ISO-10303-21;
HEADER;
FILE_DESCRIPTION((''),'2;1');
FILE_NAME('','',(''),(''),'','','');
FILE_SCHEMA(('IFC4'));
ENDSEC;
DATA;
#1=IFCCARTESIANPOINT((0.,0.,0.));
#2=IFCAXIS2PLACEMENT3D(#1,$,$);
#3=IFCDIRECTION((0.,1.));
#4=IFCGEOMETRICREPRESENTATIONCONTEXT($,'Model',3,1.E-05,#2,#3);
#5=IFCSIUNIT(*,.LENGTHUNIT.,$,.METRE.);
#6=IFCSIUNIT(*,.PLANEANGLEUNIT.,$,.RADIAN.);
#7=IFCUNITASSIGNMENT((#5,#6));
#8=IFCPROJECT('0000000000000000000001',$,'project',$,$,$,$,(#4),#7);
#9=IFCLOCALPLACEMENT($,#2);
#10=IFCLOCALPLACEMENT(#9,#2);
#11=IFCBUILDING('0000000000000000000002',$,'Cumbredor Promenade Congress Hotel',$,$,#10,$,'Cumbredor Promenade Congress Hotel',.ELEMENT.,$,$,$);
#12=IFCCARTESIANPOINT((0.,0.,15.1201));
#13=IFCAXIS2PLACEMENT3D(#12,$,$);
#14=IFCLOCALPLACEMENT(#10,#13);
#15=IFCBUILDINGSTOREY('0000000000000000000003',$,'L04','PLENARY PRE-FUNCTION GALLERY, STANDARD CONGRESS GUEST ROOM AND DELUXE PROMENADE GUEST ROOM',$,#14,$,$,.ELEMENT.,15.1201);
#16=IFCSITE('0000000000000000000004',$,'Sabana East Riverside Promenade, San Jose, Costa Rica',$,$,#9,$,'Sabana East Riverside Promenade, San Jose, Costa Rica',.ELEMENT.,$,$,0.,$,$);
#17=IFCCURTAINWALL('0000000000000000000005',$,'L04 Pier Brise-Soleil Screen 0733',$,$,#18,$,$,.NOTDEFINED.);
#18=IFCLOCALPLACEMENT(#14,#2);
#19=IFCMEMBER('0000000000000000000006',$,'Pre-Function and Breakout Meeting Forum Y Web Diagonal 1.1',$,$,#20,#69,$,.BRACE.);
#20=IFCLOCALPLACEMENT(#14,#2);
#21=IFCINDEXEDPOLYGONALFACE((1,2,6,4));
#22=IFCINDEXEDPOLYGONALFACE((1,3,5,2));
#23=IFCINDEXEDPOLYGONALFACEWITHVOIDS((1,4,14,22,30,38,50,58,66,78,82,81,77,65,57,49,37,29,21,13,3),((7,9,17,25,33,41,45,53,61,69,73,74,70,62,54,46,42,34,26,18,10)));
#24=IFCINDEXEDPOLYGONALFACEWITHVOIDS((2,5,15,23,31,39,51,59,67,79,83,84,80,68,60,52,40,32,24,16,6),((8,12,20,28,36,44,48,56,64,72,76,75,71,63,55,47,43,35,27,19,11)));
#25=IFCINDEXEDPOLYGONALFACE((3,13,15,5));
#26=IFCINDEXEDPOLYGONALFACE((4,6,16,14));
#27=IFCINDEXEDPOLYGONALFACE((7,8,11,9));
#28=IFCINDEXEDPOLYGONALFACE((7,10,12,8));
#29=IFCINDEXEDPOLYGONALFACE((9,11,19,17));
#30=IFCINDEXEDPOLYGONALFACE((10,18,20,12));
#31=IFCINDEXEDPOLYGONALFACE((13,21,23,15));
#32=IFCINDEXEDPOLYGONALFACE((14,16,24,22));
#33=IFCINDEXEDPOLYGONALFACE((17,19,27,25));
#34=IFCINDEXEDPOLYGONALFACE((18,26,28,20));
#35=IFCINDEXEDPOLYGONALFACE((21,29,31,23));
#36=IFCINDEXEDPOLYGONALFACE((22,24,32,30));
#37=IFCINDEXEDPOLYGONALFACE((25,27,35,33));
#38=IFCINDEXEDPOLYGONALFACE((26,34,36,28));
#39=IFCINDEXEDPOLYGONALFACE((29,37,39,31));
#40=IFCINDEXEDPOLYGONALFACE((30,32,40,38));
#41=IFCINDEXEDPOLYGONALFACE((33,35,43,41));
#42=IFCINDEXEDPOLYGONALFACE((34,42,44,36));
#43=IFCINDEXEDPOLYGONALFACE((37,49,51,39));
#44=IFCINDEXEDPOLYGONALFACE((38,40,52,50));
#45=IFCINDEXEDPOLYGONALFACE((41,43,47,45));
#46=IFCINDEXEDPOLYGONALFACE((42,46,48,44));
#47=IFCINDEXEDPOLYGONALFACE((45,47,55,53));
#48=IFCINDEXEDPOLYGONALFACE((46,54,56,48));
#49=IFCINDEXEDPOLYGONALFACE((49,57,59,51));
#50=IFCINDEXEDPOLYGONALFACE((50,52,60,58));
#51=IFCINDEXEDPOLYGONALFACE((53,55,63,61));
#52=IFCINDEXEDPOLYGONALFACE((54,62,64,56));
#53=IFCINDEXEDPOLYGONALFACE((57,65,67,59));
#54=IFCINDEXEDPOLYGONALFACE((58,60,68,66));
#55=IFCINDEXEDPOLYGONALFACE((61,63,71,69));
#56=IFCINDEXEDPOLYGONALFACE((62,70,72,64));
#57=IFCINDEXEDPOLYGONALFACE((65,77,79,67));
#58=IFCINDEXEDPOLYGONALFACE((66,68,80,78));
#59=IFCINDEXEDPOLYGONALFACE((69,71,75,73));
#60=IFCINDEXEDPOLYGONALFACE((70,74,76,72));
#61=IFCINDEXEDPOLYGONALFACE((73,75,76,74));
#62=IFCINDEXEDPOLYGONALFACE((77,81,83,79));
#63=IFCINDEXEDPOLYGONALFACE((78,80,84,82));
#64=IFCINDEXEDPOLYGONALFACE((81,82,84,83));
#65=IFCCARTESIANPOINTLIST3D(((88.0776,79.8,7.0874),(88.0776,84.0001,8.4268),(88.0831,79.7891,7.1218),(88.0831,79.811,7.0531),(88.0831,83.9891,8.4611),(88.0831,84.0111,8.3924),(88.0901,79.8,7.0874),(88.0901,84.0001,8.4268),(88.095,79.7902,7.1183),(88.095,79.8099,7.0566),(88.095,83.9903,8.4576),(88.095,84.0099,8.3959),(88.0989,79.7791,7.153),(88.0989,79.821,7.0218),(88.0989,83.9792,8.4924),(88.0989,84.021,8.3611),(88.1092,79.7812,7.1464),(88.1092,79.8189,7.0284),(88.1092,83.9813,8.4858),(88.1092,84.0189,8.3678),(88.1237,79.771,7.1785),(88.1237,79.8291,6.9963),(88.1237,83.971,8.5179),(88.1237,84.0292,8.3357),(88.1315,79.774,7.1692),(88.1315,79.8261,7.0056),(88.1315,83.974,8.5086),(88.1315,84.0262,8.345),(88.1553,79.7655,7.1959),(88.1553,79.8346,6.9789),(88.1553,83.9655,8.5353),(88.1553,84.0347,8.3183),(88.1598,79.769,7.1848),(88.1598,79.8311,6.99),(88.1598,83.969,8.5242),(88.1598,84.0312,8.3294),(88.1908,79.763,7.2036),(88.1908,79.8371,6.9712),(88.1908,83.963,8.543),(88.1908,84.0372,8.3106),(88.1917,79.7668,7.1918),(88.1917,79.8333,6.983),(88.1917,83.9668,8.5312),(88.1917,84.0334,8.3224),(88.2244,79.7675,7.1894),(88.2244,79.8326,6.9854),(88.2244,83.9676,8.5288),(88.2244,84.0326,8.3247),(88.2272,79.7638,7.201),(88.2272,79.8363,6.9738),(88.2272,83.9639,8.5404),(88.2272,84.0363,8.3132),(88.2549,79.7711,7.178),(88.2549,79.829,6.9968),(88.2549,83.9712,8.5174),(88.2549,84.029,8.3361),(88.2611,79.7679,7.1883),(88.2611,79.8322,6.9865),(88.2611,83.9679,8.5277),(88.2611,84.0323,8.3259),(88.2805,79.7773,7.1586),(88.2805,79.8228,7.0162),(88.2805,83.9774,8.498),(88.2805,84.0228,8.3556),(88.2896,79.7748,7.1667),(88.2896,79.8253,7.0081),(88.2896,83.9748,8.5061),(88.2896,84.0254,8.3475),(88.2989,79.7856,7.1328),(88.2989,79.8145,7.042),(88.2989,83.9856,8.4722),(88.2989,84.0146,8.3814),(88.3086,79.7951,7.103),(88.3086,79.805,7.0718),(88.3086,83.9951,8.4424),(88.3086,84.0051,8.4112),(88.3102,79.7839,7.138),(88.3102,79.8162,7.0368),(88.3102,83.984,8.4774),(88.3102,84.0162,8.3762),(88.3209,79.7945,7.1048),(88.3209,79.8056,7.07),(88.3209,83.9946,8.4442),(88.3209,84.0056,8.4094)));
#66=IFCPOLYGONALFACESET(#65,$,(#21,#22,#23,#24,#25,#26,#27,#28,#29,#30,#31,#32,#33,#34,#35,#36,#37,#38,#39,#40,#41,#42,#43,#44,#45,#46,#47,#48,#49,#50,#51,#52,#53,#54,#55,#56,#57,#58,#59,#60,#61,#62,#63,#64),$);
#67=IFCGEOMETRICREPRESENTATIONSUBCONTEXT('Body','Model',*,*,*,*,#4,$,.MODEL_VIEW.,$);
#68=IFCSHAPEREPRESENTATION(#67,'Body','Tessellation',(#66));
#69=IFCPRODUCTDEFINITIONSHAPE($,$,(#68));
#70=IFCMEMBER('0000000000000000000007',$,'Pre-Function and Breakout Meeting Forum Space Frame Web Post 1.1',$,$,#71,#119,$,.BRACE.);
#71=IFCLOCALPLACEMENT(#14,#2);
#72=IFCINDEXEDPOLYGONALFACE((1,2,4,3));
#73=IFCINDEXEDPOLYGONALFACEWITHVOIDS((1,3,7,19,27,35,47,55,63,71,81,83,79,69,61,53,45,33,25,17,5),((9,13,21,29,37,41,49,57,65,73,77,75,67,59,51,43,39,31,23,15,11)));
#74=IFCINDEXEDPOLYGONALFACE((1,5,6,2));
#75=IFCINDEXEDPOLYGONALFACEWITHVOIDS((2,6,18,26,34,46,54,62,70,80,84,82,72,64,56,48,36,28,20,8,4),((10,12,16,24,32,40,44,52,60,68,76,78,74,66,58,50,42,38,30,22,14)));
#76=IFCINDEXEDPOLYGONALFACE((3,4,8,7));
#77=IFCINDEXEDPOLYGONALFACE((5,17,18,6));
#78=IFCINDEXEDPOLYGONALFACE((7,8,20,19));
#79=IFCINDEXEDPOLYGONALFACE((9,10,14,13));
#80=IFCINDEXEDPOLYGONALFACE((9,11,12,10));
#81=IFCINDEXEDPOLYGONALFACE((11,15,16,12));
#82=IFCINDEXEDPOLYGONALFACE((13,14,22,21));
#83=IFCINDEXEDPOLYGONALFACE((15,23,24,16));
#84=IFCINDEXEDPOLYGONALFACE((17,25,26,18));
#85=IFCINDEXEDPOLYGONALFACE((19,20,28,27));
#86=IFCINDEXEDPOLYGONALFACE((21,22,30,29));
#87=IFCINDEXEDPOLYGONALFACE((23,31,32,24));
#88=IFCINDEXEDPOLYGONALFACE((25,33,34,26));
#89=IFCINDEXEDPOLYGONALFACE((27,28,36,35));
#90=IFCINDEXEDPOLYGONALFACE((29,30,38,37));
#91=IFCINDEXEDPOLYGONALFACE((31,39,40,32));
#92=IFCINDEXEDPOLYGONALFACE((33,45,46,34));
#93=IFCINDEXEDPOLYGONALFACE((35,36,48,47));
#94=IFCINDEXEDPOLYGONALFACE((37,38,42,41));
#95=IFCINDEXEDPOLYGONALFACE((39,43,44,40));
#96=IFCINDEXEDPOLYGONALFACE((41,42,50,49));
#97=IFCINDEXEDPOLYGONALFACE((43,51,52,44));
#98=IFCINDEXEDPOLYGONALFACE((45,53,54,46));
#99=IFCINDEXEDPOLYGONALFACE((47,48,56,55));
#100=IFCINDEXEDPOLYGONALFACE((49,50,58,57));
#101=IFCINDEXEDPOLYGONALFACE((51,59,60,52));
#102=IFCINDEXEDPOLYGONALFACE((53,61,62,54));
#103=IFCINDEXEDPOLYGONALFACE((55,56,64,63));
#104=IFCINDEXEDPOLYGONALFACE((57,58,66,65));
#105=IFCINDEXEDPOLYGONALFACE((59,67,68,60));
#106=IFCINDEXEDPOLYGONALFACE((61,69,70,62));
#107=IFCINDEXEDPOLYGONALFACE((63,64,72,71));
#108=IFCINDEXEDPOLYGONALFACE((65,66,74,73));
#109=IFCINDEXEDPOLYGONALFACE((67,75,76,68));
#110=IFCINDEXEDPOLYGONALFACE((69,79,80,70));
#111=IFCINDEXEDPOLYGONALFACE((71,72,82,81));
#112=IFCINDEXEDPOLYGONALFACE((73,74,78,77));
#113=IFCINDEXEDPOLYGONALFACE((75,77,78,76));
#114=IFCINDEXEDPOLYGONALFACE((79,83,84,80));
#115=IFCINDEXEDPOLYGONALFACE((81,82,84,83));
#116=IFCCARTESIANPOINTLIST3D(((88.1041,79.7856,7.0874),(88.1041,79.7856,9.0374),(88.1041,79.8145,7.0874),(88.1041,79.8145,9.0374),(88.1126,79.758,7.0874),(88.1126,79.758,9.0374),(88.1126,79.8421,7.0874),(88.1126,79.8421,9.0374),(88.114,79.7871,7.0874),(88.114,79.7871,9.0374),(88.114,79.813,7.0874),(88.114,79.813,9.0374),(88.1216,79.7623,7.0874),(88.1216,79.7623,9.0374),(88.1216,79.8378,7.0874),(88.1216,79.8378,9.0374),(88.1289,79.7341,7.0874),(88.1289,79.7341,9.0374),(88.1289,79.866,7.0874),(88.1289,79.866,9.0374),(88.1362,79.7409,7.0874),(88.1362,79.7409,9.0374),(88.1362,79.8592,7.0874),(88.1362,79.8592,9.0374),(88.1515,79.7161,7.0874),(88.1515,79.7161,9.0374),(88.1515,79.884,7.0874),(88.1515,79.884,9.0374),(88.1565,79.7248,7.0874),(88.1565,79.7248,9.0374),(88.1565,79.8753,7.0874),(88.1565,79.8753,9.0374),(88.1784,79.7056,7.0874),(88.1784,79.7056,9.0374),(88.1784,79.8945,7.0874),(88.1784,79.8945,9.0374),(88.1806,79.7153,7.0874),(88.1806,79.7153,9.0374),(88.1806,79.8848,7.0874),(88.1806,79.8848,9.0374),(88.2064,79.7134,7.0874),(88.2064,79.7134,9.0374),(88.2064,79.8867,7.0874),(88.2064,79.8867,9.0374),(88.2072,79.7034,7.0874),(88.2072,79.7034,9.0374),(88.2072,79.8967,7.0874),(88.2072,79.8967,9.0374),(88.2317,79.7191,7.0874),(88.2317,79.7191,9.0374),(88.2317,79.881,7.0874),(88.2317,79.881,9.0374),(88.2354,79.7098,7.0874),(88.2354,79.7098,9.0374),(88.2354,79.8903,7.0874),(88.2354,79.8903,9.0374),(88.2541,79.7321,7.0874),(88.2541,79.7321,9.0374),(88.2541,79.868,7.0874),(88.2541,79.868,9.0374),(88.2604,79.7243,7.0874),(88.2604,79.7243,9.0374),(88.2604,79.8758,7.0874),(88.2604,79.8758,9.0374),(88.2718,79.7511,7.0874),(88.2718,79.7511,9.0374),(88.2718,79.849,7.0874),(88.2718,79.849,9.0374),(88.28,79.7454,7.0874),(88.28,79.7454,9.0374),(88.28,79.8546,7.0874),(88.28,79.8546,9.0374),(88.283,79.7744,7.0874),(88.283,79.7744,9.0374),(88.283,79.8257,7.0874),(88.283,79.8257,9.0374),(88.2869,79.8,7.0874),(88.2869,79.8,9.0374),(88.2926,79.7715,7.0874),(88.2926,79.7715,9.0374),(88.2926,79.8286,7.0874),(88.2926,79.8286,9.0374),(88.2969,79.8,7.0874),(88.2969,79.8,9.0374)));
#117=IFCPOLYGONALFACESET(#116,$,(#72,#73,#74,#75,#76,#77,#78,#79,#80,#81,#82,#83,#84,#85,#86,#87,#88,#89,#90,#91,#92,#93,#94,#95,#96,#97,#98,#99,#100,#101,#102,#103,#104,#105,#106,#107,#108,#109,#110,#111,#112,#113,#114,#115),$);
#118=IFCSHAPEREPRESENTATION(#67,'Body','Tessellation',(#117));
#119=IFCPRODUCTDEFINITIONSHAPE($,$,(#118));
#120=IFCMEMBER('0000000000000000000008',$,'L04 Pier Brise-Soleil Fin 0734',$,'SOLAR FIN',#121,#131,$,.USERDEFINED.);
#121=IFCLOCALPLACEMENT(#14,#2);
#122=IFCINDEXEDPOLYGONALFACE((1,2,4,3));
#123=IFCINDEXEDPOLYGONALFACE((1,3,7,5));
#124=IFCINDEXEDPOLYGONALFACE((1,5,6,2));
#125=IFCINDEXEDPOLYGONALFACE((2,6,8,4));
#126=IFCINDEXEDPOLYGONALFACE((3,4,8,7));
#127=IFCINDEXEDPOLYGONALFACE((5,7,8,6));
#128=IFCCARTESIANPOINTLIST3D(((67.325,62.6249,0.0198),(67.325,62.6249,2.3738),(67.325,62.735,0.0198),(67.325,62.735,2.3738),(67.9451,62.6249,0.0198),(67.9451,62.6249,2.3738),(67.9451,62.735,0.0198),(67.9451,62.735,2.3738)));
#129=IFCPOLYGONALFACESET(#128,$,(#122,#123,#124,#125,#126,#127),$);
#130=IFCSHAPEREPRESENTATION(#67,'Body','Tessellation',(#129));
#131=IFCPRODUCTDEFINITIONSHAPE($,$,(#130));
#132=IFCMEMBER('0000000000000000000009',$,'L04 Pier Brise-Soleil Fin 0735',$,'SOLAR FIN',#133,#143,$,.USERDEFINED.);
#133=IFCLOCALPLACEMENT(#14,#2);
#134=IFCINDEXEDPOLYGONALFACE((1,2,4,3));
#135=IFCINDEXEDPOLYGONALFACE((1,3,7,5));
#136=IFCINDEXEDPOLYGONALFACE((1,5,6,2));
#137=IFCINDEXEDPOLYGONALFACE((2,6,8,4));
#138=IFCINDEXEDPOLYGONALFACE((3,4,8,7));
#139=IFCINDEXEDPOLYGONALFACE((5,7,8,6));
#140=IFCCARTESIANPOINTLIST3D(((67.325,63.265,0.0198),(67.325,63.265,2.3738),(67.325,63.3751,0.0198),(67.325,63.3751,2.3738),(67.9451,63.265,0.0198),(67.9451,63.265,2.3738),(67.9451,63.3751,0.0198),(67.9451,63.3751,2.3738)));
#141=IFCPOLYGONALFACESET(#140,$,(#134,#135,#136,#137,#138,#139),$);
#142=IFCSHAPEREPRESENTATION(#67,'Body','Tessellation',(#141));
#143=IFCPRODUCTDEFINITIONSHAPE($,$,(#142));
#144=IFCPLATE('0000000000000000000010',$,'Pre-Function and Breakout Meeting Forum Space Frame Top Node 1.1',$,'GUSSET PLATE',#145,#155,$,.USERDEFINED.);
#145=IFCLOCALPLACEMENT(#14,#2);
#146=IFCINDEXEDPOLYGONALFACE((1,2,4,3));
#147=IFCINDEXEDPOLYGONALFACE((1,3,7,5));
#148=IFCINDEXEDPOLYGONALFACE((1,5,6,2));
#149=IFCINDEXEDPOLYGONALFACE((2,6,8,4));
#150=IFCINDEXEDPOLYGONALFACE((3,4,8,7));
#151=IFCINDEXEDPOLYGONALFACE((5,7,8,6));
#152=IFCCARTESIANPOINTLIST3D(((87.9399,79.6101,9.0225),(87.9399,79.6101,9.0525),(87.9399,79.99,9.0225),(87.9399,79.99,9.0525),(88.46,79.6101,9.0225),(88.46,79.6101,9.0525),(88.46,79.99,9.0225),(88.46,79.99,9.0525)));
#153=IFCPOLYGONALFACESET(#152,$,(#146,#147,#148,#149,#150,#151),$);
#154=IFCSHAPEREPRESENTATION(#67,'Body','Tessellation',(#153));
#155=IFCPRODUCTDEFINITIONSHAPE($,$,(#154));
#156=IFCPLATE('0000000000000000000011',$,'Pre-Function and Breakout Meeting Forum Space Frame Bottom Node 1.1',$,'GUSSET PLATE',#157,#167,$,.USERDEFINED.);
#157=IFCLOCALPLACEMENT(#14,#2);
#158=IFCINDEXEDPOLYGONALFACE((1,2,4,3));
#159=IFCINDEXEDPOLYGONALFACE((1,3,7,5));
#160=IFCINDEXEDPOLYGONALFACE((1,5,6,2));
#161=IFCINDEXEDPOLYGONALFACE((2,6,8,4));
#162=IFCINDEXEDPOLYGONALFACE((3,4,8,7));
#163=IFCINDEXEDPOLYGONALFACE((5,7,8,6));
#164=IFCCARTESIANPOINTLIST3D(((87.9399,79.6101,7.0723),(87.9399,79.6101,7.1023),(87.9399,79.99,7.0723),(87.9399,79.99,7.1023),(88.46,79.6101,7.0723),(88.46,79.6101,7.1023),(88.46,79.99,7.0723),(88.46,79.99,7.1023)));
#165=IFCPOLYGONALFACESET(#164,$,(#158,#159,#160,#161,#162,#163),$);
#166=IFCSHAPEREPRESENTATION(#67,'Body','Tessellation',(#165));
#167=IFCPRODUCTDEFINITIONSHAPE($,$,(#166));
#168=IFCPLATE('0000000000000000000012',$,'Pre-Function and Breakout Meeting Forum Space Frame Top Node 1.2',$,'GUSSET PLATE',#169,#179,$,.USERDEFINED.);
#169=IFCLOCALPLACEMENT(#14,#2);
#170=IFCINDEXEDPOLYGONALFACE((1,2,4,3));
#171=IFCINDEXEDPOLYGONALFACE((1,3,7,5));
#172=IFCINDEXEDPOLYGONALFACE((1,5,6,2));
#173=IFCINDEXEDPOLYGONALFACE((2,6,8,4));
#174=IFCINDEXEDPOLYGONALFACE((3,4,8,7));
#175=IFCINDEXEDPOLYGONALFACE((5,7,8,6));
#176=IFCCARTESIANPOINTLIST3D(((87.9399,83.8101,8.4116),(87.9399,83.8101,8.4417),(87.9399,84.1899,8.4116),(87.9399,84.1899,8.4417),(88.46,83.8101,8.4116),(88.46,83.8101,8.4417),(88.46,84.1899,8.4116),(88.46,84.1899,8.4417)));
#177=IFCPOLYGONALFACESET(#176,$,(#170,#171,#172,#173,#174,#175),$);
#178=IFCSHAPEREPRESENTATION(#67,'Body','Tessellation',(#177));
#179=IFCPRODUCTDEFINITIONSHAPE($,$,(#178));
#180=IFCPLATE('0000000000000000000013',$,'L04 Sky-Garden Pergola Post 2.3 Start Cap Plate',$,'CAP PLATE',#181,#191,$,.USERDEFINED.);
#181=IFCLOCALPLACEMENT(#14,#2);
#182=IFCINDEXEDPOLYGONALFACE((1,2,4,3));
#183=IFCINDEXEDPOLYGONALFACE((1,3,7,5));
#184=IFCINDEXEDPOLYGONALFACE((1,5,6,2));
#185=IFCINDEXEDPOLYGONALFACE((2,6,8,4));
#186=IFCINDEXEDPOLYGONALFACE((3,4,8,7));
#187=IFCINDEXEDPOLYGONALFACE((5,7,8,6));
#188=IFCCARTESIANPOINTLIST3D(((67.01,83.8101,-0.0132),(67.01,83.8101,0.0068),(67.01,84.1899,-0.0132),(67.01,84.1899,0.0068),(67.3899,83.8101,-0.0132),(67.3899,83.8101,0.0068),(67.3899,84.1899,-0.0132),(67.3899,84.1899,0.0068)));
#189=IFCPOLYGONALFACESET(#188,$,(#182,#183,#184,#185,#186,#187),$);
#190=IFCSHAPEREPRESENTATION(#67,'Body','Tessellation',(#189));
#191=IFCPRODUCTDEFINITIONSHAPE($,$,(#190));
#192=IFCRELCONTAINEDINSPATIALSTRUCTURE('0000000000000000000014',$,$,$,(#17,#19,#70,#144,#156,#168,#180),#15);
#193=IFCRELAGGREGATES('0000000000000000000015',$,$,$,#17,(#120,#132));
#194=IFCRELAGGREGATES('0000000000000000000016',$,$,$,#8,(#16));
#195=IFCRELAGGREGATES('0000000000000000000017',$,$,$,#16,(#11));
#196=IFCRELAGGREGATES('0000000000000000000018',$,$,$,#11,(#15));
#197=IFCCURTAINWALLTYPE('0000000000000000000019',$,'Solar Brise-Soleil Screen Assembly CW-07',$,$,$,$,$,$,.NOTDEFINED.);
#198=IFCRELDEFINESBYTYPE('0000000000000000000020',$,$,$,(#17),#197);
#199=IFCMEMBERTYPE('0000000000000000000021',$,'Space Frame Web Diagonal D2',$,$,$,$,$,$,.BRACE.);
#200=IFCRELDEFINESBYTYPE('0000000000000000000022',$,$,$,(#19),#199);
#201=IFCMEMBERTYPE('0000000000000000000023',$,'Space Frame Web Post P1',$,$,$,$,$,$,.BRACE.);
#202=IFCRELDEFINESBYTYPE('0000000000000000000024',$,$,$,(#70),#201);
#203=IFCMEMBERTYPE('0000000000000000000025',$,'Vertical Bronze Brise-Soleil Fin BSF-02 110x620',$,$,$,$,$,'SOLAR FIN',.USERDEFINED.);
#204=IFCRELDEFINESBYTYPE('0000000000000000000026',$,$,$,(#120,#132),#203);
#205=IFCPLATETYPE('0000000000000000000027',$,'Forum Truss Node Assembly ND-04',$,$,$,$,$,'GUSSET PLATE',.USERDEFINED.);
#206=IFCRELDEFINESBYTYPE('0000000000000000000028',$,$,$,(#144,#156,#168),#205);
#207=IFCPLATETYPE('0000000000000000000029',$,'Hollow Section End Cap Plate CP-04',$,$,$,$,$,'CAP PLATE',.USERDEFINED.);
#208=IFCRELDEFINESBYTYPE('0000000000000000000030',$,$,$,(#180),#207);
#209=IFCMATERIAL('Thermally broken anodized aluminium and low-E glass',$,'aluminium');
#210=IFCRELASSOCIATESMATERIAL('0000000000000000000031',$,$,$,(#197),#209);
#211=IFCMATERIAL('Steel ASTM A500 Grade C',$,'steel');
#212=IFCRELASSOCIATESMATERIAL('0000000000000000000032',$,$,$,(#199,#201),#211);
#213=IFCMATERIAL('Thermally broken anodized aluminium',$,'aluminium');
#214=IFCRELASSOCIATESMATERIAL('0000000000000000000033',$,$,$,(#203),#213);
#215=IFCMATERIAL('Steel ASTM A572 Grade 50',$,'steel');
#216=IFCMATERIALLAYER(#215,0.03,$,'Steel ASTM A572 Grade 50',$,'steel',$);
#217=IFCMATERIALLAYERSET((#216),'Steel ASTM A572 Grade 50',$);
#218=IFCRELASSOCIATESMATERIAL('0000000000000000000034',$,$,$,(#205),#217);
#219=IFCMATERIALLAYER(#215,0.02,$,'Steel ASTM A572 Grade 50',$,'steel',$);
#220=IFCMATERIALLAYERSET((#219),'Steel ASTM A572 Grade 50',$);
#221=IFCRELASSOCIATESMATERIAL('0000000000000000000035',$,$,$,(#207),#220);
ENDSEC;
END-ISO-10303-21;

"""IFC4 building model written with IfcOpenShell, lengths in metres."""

from ifc_helpers import new_model, si_unit, direction, frame, origin, origin_2d, place, context, subcontext, project, spatial, rectangle, hollow_circle, extrude, material, layer, layer_set, material_profile, profile_set, type_object, element, aggregate, save


model = new_model("IFC4")

# Units and contexts
model_context = context("Model", 3, precision=1e-05, world=origin(), true_north=direction((0.0, 1.0)))
body_context = subcontext(model_context, "Body", "Model", "MODEL_VIEW")
ifc_project = project(units=[si_unit("LENGTHUNIT", "METRE"), si_unit("PLANEANGLEUNIT", "RADIAN")], contexts=[model_context])

# Site, building, storey
site_placement = place(None, origin())
site = spatial("IfcSite", under=ifc_project, at=site_placement, Name="Sabana East Riverside Promenade, San Jose, Costa Rica", LongName="Sabana East Riverside Promenade, San Jose, Costa Rica", CompositionType="ELEMENT", RefElevation=0.0)
building_placement = place(site_placement, origin())
building = spatial("IfcBuilding", under=site, at=building_placement, Name="Cumbredor Promenade Congress Hotel", LongName="Cumbredor Promenade Congress Hotel", CompositionType="ELEMENT")
storey_placement = place(building_placement, frame((0.0, 0.0, 15.1201)))
storey = spatial("IfcBuildingStorey", under=building, at=storey_placement, Name="L04", Description="PLENARY PRE-FUNCTION GALLERY, STANDARD CONGRESS GUEST ROOM AND DELUXE PROMENADE GUEST ROOM", CompositionType="ELEMENT", Elevation=15.1201)

# Shared definitions
ifc_material_1 = material(Name="Steel ASTM A500 Grade C", Category="steel")

# Curtain wall
ifc_material_2 = material(Name="Thermally broken anodized aluminium and low-E glass", Category="aluminium")
curtain_wall_type = type_object("IfcCurtainWallType", Name="Solar Brise-Soleil Screen Assembly CW-07", PredefinedType="NOTDEFINED", material=ifc_material_2)
curtain_wall_placement = place(storey_placement, origin())
curtain_wall = element("IfcCurtainWall", 1, at=curtain_wall_placement, inside=storey, type_object=curtain_wall_type, Name="L04 Pier Brise-Soleil Screen 0733", PredefinedType="NOTDEFINED")
ifc_material_3 = material(Name="Thermally broken anodized aluminium", Category="aluminium")

# Members
ifc_material_profile_1 = material_profile(ifc_material_1, hollow_circle(Radius=0.1223, WallThickness=0.0125, at=origin_2d()), Name="CHS 244.5x12.5")
ifc_profile_set_1 = profile_set([ifc_material_profile_1], Name="Steel ASTM A500 Grade C")
member_type_1 = type_object("IfcMemberType", Name="Space Frame Web Diagonal D2", PredefinedType="BRACE", material=ifc_profile_set_1)
member_1_placement = place(storey_placement, frame((88.2, 79.8, 7.0874), z_axis=(0.0, 0.952728, 0.303823), x_axis=(-1.0, 0.0, 0.0)))
element("IfcMember", 2, at=member_1_placement, inside=storey, type_object=member_type_1, Name="Pre-Function and Breakout Meeting Forum Y Web Diagonal 1.1", PredefinedType="BRACE", context=body_context, shape_type="SweptSolid", body=[
    extrude(hollow_circle(Radius=0.1223, WallThickness=0.0125, at=origin_2d()), origin(), (0.0, 0.0, 1.0), 4.4084),
])
ifc_material_profile_2 = material_profile(ifc_material_1, hollow_circle(Radius=0.0969, WallThickness=0.01, at=origin_2d()), Name="CHS 193.7x10")
ifc_profile_set_2 = profile_set([ifc_material_profile_2], Name="Steel ASTM A500 Grade C")
member_type_2 = type_object("IfcMemberType", Name="Space Frame Web Post P1", PredefinedType="BRACE", material=ifc_profile_set_2)
member_2_placement = place(storey_placement, frame((88.2, 79.8, 7.0874), z_axis=(0.0, 0.0, 1.0), x_axis=(1.0, 0.0, 0.0)))
element("IfcMember", 3, at=member_2_placement, inside=storey, type_object=member_type_2, Name="Pre-Function and Breakout Meeting Forum Space Frame Web Post 1.1", PredefinedType="BRACE", context=body_context, shape_type="SweptSolid", body=[
    extrude(hollow_circle(Radius=0.0969, WallThickness=0.01, at=origin_2d()), origin(), (0.0, 0.0, 1.0), 1.95),
])

# Members
ifc_material_profile_3 = material_profile(ifc_material_3, rectangle(XDim=0.1101, YDim=0.6201, at=origin_2d()), Name="ARCH FIN 110x620")
ifc_profile_set_3 = profile_set([ifc_material_profile_3], Name="Thermally broken anodized aluminium")
member_type_3 = type_object("IfcMemberType", Name="Vertical Bronze Brise-Soleil Fin BSF-02 110x620", ElementType="SOLAR FIN", PredefinedType="USERDEFINED", material=ifc_profile_set_3)
member_3_placement = place(storey_placement, frame((67.635, 62.6799, 0.0198), z_axis=(0.0, 0.0, 1.0), x_axis=(0.0, 1.0, 0.0)))
member_3 = element("IfcMember", 4, at=member_3_placement, type_object=member_type_3, Name="L04 Pier Brise-Soleil Fin 0734", ObjectType="SOLAR FIN", PredefinedType="USERDEFINED", context=body_context, shape_type="SweptSolid", body=[
    extrude(rectangle(XDim=0.1101, YDim=0.6201, at=origin_2d()), origin(), (0.0, 0.0, 1.0), 2.354),
])
member_4_placement = place(storey_placement, frame((67.635, 63.3201, 0.0198), z_axis=(0.0, 0.0, 1.0), x_axis=(0.0, 1.0, 0.0)))
member_4 = element("IfcMember", 5, at=member_4_placement, type_object=member_type_3, Name="L04 Pier Brise-Soleil Fin 0735", ObjectType="SOLAR FIN", PredefinedType="USERDEFINED", context=body_context, shape_type="SweptSolid", body=[
    extrude(rectangle(XDim=0.1101, YDim=0.6201, at=origin_2d()), origin(), (0.0, 0.0, 1.0), 2.354),
])
aggregate(curtain_wall, [member_3, member_4])

# Plates
ifc_material_4 = material(Name="Steel ASTM A572 Grade 50", Category="steel")
ifc_layer_1 = layer(ifc_material_4, 0.03, Name="Steel ASTM A572 Grade 50", Category="steel")
ifc_layer_set_1 = layer_set([ifc_layer_1], Name="Steel ASTM A572 Grade 50")
plate_type_1 = type_object("IfcPlateType", Name="Forum Truss Node Assembly ND-04", ElementType="GUSSET PLATE", PredefinedType="USERDEFINED", material=ifc_layer_set_1)
for number, where, z_axis, x_axis, name in (
    (6, (88.2, 79.8, 9.0225), (0.0, 0.0, 1.0), (1.0, 0.0, 0.0), "Pre-Function and Breakout Meeting Forum Space Frame Top Node 1.1"),
    (7, (88.2, 79.8, 7.0723), (0.0, 0.0, 1.0), (1.0, 0.0, 0.0), "Pre-Function and Breakout Meeting Forum Space Frame Bottom Node 1.1"),
    (8, (88.2, 84.0, 8.4116), (0.0, 0.0, 1.0), (1.0, 0.0, 0.0), "Pre-Function and Breakout Meeting Forum Space Frame Top Node 1.2"),
):
    element("IfcPlate", number, at=place(storey_placement, frame(where, z_axis=z_axis, x_axis=x_axis)), inside=storey, type_object=plate_type_1, Name=name, ObjectType="GUSSET PLATE", PredefinedType="USERDEFINED", context=body_context, shape_type="SweptSolid", body=[
        extrude(rectangle(XDim=0.52, YDim=0.3799, at=origin_2d()), origin(), (0.0, 0.0, 1.0), 0.03),
    ])
ifc_layer_2 = layer(ifc_material_4, 0.02, Name="Steel ASTM A572 Grade 50", Category="steel")
ifc_layer_set_2 = layer_set([ifc_layer_2], Name="Steel ASTM A572 Grade 50")
plate_type_2 = type_object("IfcPlateType", Name="Hollow Section End Cap Plate CP-04", ElementType="CAP PLATE", PredefinedType="USERDEFINED", material=ifc_layer_set_2)
for number, where, z_axis, x_axis, name in (
    (9, (67.2, 84.0, -0.0132), (0.0, 0.0, 1.0), (1.0, 0.0, 0.0), "L04 Sky-Garden Pergola Post 2.3 Start Cap Plate"),
):
    element("IfcPlate", number, at=place(storey_placement, frame(where, z_axis=z_axis, x_axis=x_axis)), inside=storey, type_object=plate_type_2, Name=name, ObjectType="CAP PLATE", PredefinedType="USERDEFINED", context=body_context, shape_type="SweptSolid", body=[
        extrude(rectangle(XDim=0.3799, YDim=0.3799, at=origin_2d()), origin(), (0.0, 0.0, 1.0), 0.02),
    ])

save(model, "model.ifc")
